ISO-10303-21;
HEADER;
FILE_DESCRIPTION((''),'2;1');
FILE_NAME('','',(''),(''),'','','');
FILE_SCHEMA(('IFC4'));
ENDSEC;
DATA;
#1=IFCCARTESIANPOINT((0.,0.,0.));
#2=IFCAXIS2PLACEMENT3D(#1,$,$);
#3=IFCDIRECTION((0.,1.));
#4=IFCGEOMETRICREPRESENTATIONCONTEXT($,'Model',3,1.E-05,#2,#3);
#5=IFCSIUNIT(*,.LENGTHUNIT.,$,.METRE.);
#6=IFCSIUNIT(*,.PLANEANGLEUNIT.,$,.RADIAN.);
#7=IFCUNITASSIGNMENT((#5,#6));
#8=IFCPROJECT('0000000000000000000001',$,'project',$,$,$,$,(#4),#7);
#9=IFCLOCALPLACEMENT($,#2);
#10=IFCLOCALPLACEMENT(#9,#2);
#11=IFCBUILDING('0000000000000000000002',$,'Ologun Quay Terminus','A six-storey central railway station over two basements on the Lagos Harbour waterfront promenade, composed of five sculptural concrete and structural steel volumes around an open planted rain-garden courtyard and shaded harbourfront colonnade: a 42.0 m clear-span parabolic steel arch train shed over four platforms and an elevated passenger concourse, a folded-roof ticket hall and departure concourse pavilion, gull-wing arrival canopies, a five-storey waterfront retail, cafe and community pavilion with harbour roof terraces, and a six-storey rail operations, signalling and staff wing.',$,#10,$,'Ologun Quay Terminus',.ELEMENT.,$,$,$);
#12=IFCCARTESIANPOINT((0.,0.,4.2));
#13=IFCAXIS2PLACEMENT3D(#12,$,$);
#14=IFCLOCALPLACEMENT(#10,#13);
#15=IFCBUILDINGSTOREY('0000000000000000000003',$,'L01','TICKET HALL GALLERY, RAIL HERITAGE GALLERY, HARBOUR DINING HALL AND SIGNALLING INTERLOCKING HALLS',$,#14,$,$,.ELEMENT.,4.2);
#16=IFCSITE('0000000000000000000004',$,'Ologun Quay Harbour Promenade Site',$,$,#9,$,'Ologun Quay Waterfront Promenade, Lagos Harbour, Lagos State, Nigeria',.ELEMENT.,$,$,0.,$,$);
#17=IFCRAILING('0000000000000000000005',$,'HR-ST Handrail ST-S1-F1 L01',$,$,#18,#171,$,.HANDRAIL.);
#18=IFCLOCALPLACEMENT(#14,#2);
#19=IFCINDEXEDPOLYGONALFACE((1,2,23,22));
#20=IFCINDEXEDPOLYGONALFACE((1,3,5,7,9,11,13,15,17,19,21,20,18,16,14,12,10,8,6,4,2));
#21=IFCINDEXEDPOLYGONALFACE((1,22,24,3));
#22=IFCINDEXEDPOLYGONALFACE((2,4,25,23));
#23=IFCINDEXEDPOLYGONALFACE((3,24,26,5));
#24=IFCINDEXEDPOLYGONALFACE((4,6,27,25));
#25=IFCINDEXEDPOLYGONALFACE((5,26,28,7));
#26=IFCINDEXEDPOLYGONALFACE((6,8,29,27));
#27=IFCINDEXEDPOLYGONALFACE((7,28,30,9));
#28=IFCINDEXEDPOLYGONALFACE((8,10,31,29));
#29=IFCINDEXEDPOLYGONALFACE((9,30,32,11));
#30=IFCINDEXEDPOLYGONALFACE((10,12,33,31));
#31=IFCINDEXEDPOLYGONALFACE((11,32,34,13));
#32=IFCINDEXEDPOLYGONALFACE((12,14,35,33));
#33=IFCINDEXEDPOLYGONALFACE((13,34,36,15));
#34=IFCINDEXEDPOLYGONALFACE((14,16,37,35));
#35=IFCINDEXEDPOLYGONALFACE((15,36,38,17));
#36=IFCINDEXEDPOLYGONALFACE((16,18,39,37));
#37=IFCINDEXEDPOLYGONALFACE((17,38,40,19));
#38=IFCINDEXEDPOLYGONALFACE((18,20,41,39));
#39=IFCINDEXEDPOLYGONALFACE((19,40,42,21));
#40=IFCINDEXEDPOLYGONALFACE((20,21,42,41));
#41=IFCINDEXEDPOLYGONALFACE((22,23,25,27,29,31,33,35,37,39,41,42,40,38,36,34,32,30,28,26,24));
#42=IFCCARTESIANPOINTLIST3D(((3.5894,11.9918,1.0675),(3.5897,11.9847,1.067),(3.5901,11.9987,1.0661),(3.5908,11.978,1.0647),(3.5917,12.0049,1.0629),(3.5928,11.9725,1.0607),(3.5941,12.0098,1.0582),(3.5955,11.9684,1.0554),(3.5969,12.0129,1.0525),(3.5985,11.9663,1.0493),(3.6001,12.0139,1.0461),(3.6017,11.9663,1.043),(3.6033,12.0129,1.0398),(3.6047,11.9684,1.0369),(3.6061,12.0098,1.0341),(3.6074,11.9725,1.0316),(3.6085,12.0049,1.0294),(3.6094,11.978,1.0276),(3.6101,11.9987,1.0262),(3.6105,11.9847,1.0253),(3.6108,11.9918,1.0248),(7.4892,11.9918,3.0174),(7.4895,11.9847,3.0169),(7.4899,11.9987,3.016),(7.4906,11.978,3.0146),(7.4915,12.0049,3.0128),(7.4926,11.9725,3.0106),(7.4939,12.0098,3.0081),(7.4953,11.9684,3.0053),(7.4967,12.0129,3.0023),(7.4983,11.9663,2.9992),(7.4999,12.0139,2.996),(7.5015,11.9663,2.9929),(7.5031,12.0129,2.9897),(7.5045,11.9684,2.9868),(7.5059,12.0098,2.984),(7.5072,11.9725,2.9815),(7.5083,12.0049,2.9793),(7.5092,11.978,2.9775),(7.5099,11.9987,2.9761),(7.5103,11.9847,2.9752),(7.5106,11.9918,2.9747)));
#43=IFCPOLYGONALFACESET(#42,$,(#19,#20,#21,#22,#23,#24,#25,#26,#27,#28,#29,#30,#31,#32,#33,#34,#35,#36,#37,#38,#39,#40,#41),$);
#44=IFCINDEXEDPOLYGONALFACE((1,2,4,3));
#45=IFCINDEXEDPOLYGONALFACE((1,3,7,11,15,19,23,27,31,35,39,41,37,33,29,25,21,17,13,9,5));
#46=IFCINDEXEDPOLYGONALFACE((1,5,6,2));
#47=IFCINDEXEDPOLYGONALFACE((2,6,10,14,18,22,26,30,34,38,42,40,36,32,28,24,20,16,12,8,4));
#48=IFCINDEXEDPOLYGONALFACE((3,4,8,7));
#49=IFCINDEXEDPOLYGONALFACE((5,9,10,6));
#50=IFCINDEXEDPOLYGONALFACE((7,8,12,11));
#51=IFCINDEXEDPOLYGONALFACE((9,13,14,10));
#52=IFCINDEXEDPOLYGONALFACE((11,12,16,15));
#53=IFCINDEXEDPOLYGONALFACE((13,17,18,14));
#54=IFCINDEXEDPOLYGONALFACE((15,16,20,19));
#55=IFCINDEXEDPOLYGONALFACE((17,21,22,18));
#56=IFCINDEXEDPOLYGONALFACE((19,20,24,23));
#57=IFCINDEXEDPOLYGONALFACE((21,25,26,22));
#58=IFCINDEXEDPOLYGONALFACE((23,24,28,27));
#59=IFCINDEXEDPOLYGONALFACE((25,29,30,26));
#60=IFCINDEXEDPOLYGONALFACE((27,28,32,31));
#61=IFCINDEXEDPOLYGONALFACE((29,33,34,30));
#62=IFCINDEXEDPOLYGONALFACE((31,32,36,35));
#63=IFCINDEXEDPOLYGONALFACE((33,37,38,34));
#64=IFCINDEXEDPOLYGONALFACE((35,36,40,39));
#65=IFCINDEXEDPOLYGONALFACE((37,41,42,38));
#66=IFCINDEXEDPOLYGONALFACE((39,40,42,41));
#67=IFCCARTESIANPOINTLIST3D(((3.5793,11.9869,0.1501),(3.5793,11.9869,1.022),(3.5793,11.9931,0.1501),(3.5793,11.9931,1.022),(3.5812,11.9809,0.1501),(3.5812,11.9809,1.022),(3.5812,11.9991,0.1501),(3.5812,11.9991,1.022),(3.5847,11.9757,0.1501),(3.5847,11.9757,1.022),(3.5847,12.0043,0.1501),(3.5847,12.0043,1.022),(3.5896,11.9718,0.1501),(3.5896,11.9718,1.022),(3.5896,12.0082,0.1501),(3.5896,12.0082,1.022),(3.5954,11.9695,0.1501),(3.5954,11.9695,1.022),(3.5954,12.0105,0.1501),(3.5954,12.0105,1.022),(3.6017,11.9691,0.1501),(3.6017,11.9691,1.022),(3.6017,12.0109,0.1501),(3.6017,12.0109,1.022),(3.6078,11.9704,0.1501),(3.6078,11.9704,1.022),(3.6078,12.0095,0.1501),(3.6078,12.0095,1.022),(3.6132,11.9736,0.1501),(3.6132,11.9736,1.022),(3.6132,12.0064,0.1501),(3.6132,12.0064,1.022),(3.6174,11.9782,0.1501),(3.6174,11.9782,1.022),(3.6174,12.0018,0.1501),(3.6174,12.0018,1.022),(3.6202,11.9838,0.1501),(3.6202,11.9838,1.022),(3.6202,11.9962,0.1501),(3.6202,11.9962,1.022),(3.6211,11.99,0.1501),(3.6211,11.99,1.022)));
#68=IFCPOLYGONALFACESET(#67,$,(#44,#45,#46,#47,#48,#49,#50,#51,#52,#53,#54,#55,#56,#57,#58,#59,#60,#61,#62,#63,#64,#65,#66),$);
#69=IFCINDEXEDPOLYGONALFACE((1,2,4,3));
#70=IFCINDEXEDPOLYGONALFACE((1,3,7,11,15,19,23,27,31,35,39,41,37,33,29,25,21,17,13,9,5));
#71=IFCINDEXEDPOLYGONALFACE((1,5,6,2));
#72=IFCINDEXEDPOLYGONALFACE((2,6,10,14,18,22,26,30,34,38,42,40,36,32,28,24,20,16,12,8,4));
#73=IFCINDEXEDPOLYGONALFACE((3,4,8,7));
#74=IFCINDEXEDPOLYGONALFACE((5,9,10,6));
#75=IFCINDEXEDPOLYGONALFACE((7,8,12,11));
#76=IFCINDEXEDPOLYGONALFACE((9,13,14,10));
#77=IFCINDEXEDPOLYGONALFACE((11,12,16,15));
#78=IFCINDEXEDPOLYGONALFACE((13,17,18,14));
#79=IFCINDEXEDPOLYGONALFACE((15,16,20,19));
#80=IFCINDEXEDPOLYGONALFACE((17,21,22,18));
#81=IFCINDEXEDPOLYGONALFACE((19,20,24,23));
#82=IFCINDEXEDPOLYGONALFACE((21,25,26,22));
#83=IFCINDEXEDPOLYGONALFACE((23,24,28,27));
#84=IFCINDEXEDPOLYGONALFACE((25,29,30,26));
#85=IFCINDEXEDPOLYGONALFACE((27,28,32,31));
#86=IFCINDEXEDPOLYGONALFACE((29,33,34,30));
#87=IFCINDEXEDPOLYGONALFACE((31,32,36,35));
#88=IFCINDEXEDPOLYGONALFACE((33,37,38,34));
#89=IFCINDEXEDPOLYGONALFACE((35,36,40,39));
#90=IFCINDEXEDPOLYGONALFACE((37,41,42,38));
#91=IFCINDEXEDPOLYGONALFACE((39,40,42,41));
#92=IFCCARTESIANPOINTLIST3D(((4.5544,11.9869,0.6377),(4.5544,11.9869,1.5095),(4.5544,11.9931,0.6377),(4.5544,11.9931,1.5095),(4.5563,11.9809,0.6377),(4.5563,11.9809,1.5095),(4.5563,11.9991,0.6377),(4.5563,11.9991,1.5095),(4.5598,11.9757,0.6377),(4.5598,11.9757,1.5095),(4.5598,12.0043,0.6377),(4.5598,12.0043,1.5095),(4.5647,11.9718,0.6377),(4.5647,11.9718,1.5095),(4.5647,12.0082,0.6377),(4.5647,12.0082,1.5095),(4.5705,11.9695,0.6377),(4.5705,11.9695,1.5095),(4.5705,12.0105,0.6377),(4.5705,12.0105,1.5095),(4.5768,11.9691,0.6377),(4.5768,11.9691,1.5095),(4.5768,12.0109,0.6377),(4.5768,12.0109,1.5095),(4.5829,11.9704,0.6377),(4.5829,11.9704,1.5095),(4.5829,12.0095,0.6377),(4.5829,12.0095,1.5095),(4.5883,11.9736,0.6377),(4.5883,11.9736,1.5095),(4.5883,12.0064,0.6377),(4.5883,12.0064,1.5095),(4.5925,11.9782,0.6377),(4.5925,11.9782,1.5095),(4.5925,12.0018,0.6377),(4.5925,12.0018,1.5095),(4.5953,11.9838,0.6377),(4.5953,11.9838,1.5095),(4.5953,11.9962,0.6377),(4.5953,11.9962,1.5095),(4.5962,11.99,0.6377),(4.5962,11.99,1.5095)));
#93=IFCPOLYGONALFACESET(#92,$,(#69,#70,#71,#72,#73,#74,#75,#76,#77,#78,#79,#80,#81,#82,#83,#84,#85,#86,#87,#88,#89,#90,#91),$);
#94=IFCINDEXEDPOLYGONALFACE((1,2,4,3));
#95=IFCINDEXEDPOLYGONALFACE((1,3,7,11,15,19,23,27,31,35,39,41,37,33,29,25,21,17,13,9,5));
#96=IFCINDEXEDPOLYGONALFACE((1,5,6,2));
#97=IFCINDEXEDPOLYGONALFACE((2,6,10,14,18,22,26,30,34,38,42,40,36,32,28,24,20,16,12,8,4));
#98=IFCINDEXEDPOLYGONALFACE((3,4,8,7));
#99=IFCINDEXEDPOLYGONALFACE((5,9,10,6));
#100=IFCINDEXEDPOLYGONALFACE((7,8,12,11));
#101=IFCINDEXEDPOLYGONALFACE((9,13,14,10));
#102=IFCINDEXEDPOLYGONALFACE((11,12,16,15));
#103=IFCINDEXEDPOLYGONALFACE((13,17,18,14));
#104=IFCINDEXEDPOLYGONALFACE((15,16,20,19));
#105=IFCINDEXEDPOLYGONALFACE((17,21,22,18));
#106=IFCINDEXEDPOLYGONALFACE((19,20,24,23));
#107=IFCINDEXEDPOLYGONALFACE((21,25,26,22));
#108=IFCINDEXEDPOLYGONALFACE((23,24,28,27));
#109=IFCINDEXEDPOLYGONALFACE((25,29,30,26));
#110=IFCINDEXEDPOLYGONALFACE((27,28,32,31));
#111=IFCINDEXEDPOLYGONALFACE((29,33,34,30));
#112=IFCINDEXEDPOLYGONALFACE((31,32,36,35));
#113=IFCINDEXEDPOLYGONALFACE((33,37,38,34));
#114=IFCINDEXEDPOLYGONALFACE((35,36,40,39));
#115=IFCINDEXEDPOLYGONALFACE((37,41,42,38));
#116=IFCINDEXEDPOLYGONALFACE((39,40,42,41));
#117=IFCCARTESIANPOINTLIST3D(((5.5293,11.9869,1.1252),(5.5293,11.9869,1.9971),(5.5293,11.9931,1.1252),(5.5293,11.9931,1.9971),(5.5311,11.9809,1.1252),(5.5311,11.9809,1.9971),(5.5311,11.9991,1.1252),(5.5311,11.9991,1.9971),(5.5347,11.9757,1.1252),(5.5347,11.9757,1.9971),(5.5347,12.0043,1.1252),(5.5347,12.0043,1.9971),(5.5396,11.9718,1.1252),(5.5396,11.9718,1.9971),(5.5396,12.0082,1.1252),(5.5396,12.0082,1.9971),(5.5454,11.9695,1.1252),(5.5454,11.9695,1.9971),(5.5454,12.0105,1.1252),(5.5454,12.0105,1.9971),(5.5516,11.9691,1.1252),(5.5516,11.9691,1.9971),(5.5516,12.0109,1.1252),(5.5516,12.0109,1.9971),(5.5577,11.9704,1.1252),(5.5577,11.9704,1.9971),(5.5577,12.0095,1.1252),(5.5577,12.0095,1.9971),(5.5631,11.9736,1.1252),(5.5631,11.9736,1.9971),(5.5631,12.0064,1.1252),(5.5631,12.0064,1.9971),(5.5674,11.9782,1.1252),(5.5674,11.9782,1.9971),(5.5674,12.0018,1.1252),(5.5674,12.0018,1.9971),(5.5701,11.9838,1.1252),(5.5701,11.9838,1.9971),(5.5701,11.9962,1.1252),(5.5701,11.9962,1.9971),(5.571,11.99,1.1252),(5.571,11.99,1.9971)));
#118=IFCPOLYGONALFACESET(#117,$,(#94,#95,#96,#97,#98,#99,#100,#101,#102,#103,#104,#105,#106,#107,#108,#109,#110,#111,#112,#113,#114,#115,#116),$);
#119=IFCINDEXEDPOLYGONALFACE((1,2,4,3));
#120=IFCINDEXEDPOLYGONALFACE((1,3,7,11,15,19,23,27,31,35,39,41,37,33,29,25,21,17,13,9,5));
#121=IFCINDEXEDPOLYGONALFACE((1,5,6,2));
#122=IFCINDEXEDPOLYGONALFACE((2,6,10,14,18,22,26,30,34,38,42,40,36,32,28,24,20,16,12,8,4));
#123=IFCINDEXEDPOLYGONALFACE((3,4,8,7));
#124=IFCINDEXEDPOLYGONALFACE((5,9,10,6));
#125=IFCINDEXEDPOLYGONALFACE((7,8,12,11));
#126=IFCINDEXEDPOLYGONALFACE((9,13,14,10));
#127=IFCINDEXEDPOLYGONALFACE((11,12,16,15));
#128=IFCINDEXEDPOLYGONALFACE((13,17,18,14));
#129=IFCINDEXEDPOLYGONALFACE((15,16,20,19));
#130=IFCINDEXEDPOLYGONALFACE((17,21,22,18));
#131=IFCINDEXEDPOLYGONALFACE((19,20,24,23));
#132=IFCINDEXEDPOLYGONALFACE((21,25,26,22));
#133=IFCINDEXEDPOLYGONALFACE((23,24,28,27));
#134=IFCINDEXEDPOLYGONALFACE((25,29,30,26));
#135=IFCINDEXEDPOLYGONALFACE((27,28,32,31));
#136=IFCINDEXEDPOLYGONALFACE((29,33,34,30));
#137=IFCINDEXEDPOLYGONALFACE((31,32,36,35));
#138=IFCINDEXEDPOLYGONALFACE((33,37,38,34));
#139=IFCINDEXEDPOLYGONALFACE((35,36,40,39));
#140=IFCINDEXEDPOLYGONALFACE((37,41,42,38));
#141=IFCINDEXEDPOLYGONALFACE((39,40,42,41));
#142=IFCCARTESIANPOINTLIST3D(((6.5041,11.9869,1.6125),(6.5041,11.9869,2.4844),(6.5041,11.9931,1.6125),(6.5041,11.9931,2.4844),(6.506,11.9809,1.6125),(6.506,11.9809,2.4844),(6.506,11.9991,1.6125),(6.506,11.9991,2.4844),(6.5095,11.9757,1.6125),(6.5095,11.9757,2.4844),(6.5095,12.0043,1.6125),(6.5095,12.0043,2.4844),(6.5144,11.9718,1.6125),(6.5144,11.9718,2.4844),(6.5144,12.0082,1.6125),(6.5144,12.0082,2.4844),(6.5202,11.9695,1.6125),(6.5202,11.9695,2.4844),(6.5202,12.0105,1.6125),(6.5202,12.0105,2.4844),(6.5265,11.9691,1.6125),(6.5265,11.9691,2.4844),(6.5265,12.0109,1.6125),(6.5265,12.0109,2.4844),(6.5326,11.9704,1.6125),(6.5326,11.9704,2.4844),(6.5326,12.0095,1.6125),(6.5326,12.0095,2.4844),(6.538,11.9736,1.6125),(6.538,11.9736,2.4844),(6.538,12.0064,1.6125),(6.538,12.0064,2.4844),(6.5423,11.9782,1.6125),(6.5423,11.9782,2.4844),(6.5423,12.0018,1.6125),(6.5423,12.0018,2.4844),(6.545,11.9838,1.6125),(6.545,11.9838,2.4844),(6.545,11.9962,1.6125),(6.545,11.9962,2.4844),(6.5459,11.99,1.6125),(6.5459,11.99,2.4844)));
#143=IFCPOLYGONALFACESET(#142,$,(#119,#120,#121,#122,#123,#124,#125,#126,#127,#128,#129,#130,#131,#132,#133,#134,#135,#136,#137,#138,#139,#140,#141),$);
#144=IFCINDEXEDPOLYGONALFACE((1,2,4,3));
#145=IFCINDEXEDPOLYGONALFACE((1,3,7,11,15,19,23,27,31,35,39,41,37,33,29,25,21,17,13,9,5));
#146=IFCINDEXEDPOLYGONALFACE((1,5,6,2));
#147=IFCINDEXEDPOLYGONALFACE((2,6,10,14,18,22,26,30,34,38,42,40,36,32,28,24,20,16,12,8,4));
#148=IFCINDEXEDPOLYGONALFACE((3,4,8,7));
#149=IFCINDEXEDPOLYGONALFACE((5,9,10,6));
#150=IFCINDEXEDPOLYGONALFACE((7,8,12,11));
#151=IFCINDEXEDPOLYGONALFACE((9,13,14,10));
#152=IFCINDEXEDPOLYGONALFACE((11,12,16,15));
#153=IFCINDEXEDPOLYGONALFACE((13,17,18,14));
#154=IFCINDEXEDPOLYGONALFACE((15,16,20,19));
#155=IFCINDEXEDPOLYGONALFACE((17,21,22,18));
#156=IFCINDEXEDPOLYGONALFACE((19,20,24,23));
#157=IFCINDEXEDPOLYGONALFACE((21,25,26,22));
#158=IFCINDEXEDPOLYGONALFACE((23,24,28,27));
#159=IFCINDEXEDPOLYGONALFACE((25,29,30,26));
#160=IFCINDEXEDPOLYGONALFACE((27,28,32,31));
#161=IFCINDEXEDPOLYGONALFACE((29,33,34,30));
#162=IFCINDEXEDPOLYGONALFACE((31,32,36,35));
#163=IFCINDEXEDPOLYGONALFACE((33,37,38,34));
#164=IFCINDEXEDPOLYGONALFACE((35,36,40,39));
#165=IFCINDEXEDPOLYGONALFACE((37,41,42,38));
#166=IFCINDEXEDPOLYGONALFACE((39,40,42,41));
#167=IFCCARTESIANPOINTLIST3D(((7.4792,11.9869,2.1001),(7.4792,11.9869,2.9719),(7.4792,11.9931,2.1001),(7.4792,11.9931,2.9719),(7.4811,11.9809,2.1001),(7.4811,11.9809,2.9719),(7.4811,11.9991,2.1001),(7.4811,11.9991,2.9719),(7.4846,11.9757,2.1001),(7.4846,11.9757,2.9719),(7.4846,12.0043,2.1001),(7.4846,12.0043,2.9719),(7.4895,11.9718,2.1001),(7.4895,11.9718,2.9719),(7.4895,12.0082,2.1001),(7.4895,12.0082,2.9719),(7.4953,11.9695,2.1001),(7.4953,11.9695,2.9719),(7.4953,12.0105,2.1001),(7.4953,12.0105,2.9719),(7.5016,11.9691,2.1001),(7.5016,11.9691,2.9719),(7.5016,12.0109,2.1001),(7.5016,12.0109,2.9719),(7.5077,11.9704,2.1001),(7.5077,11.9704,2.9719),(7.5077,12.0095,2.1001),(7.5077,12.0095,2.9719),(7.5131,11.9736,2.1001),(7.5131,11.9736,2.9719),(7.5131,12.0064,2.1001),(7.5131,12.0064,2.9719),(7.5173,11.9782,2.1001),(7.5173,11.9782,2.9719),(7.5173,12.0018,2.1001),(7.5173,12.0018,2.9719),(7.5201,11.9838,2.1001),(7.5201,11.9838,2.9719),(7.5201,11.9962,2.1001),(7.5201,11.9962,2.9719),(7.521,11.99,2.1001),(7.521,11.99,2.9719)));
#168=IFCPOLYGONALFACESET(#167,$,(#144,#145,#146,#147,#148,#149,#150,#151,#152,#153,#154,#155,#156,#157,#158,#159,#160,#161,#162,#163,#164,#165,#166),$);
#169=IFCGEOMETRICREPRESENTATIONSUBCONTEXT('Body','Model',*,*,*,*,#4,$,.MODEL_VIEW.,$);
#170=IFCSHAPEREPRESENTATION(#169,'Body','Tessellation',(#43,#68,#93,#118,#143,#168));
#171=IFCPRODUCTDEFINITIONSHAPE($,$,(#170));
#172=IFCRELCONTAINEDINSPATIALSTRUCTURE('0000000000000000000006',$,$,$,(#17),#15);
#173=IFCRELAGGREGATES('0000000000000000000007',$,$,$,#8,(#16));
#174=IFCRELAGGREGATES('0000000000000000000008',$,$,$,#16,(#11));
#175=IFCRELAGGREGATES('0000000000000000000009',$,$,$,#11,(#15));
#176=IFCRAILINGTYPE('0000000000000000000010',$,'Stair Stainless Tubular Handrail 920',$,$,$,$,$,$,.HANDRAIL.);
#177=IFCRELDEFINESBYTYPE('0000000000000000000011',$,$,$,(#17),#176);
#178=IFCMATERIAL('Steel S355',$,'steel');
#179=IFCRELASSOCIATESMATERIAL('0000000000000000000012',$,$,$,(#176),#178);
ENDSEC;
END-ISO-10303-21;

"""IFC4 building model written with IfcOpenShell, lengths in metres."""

from ifc_helpers import new_model, si_unit, direction, frame, origin, origin_2d, place, context, subcontext, project, spatial, circle, extrude, material, type_object, element, save


model = new_model("IFC4")

# Units and contexts
model_context = context("Model", 3, precision=1e-05, world=origin(), true_north=direction((0.0, 1.0)))
body_context = subcontext(model_context, "Body", "Model", "MODEL_VIEW")
ifc_project = project(units=[si_unit("LENGTHUNIT", "METRE"), si_unit("PLANEANGLEUNIT", "RADIAN")], contexts=[model_context])

# Site, building, storey
site_placement = place(None, origin())
site = spatial("IfcSite", under=ifc_project, at=site_placement, Name="Ologun Quay Harbour Promenade Site", LongName="Ologun Quay Waterfront Promenade, Lagos Harbour, Lagos State, Nigeria", CompositionType="ELEMENT", RefElevation=0.0)
building_placement = place(site_placement, origin())
building = spatial("IfcBuilding", under=site, at=building_placement, Name="Ologun Quay Terminus", Description="A six-storey central railway station over two basements on the Lagos Harbour waterfront promenade, composed of five sculptural concrete and structural steel volumes around an open planted rain-garden courtyard and shaded harbourfront colonnade: a 42.0 m clear-span parabolic steel arch train shed over four platforms and an elevated passenger concourse, a folded-roof ticket hall and departure concourse pavilion, gull-wing arrival canopies, a five-storey waterfront retail, cafe and community pavilion with harbour roof terraces, and a six-storey rail operations, signalling and staff wing.", LongName="Ologun Quay Terminus", CompositionType="ELEMENT")
storey_placement = place(building_placement, frame((0.0, 0.0, 4.2)))
storey = spatial("IfcBuildingStorey", under=building, at=storey_placement, Name="L01", Description="TICKET HALL GALLERY, RAIL HERITAGE GALLERY, HARBOUR DINING HALL AND SIGNALLING INTERLOCKING HALLS", CompositionType="ELEMENT", Elevation=4.2)

# Railing
ifc_material_1 = material(Name="Steel S355", Category="steel")
railing_type_1 = type_object("IfcRailingType", Name="Stair Stainless Tubular Handrail 920", PredefinedType="HANDRAIL", material=ifc_material_1)
railing_1_placement = place(storey_placement, frame((3.6001, 11.99, 0.1501)))
element("IfcRailing", 1, at=railing_1_placement, inside=storey, type_object=railing_type_1, Name="HR-ST Handrail ST-S1-F1 L01", PredefinedType="HANDRAIL", context=body_context, shape_type="SweptSolid", body=[
    extrude(circle(Radius=0.0239, at=origin_2d()), frame((0.0, 0.0, 0.896), z_axis=(0.894427, 0.0, 0.447214), x_axis=(0.0, 1.0, 0.0)), (0.0, 0.0, 1.0), 4.3601),
    extrude(circle(Radius=0.021, at=origin_2d()), origin(), (0.0, 0.0, 1.0), 0.8718),
    extrude(circle(Radius=0.021, at=origin_2d()), frame((0.9751, 0.0, 0.4875)), (0.0, 0.0, 1.0), 0.8718),
    extrude(circle(Radius=0.021, at=origin_2d()), frame((1.95, 0.0, 0.9751)), (0.0, 0.0, 1.0), 0.8718),
    extrude(circle(Radius=0.021, at=origin_2d()), frame((2.9248, 0.0, 1.4624)), (0.0, 0.0, 1.0), 0.8718),
    extrude(circle(Radius=0.021, at=origin_2d()), frame((3.8999, 0.0, 1.95)), (0.0, 0.0, 1.0), 0.8718),
])

save(model, "model.ifc")
